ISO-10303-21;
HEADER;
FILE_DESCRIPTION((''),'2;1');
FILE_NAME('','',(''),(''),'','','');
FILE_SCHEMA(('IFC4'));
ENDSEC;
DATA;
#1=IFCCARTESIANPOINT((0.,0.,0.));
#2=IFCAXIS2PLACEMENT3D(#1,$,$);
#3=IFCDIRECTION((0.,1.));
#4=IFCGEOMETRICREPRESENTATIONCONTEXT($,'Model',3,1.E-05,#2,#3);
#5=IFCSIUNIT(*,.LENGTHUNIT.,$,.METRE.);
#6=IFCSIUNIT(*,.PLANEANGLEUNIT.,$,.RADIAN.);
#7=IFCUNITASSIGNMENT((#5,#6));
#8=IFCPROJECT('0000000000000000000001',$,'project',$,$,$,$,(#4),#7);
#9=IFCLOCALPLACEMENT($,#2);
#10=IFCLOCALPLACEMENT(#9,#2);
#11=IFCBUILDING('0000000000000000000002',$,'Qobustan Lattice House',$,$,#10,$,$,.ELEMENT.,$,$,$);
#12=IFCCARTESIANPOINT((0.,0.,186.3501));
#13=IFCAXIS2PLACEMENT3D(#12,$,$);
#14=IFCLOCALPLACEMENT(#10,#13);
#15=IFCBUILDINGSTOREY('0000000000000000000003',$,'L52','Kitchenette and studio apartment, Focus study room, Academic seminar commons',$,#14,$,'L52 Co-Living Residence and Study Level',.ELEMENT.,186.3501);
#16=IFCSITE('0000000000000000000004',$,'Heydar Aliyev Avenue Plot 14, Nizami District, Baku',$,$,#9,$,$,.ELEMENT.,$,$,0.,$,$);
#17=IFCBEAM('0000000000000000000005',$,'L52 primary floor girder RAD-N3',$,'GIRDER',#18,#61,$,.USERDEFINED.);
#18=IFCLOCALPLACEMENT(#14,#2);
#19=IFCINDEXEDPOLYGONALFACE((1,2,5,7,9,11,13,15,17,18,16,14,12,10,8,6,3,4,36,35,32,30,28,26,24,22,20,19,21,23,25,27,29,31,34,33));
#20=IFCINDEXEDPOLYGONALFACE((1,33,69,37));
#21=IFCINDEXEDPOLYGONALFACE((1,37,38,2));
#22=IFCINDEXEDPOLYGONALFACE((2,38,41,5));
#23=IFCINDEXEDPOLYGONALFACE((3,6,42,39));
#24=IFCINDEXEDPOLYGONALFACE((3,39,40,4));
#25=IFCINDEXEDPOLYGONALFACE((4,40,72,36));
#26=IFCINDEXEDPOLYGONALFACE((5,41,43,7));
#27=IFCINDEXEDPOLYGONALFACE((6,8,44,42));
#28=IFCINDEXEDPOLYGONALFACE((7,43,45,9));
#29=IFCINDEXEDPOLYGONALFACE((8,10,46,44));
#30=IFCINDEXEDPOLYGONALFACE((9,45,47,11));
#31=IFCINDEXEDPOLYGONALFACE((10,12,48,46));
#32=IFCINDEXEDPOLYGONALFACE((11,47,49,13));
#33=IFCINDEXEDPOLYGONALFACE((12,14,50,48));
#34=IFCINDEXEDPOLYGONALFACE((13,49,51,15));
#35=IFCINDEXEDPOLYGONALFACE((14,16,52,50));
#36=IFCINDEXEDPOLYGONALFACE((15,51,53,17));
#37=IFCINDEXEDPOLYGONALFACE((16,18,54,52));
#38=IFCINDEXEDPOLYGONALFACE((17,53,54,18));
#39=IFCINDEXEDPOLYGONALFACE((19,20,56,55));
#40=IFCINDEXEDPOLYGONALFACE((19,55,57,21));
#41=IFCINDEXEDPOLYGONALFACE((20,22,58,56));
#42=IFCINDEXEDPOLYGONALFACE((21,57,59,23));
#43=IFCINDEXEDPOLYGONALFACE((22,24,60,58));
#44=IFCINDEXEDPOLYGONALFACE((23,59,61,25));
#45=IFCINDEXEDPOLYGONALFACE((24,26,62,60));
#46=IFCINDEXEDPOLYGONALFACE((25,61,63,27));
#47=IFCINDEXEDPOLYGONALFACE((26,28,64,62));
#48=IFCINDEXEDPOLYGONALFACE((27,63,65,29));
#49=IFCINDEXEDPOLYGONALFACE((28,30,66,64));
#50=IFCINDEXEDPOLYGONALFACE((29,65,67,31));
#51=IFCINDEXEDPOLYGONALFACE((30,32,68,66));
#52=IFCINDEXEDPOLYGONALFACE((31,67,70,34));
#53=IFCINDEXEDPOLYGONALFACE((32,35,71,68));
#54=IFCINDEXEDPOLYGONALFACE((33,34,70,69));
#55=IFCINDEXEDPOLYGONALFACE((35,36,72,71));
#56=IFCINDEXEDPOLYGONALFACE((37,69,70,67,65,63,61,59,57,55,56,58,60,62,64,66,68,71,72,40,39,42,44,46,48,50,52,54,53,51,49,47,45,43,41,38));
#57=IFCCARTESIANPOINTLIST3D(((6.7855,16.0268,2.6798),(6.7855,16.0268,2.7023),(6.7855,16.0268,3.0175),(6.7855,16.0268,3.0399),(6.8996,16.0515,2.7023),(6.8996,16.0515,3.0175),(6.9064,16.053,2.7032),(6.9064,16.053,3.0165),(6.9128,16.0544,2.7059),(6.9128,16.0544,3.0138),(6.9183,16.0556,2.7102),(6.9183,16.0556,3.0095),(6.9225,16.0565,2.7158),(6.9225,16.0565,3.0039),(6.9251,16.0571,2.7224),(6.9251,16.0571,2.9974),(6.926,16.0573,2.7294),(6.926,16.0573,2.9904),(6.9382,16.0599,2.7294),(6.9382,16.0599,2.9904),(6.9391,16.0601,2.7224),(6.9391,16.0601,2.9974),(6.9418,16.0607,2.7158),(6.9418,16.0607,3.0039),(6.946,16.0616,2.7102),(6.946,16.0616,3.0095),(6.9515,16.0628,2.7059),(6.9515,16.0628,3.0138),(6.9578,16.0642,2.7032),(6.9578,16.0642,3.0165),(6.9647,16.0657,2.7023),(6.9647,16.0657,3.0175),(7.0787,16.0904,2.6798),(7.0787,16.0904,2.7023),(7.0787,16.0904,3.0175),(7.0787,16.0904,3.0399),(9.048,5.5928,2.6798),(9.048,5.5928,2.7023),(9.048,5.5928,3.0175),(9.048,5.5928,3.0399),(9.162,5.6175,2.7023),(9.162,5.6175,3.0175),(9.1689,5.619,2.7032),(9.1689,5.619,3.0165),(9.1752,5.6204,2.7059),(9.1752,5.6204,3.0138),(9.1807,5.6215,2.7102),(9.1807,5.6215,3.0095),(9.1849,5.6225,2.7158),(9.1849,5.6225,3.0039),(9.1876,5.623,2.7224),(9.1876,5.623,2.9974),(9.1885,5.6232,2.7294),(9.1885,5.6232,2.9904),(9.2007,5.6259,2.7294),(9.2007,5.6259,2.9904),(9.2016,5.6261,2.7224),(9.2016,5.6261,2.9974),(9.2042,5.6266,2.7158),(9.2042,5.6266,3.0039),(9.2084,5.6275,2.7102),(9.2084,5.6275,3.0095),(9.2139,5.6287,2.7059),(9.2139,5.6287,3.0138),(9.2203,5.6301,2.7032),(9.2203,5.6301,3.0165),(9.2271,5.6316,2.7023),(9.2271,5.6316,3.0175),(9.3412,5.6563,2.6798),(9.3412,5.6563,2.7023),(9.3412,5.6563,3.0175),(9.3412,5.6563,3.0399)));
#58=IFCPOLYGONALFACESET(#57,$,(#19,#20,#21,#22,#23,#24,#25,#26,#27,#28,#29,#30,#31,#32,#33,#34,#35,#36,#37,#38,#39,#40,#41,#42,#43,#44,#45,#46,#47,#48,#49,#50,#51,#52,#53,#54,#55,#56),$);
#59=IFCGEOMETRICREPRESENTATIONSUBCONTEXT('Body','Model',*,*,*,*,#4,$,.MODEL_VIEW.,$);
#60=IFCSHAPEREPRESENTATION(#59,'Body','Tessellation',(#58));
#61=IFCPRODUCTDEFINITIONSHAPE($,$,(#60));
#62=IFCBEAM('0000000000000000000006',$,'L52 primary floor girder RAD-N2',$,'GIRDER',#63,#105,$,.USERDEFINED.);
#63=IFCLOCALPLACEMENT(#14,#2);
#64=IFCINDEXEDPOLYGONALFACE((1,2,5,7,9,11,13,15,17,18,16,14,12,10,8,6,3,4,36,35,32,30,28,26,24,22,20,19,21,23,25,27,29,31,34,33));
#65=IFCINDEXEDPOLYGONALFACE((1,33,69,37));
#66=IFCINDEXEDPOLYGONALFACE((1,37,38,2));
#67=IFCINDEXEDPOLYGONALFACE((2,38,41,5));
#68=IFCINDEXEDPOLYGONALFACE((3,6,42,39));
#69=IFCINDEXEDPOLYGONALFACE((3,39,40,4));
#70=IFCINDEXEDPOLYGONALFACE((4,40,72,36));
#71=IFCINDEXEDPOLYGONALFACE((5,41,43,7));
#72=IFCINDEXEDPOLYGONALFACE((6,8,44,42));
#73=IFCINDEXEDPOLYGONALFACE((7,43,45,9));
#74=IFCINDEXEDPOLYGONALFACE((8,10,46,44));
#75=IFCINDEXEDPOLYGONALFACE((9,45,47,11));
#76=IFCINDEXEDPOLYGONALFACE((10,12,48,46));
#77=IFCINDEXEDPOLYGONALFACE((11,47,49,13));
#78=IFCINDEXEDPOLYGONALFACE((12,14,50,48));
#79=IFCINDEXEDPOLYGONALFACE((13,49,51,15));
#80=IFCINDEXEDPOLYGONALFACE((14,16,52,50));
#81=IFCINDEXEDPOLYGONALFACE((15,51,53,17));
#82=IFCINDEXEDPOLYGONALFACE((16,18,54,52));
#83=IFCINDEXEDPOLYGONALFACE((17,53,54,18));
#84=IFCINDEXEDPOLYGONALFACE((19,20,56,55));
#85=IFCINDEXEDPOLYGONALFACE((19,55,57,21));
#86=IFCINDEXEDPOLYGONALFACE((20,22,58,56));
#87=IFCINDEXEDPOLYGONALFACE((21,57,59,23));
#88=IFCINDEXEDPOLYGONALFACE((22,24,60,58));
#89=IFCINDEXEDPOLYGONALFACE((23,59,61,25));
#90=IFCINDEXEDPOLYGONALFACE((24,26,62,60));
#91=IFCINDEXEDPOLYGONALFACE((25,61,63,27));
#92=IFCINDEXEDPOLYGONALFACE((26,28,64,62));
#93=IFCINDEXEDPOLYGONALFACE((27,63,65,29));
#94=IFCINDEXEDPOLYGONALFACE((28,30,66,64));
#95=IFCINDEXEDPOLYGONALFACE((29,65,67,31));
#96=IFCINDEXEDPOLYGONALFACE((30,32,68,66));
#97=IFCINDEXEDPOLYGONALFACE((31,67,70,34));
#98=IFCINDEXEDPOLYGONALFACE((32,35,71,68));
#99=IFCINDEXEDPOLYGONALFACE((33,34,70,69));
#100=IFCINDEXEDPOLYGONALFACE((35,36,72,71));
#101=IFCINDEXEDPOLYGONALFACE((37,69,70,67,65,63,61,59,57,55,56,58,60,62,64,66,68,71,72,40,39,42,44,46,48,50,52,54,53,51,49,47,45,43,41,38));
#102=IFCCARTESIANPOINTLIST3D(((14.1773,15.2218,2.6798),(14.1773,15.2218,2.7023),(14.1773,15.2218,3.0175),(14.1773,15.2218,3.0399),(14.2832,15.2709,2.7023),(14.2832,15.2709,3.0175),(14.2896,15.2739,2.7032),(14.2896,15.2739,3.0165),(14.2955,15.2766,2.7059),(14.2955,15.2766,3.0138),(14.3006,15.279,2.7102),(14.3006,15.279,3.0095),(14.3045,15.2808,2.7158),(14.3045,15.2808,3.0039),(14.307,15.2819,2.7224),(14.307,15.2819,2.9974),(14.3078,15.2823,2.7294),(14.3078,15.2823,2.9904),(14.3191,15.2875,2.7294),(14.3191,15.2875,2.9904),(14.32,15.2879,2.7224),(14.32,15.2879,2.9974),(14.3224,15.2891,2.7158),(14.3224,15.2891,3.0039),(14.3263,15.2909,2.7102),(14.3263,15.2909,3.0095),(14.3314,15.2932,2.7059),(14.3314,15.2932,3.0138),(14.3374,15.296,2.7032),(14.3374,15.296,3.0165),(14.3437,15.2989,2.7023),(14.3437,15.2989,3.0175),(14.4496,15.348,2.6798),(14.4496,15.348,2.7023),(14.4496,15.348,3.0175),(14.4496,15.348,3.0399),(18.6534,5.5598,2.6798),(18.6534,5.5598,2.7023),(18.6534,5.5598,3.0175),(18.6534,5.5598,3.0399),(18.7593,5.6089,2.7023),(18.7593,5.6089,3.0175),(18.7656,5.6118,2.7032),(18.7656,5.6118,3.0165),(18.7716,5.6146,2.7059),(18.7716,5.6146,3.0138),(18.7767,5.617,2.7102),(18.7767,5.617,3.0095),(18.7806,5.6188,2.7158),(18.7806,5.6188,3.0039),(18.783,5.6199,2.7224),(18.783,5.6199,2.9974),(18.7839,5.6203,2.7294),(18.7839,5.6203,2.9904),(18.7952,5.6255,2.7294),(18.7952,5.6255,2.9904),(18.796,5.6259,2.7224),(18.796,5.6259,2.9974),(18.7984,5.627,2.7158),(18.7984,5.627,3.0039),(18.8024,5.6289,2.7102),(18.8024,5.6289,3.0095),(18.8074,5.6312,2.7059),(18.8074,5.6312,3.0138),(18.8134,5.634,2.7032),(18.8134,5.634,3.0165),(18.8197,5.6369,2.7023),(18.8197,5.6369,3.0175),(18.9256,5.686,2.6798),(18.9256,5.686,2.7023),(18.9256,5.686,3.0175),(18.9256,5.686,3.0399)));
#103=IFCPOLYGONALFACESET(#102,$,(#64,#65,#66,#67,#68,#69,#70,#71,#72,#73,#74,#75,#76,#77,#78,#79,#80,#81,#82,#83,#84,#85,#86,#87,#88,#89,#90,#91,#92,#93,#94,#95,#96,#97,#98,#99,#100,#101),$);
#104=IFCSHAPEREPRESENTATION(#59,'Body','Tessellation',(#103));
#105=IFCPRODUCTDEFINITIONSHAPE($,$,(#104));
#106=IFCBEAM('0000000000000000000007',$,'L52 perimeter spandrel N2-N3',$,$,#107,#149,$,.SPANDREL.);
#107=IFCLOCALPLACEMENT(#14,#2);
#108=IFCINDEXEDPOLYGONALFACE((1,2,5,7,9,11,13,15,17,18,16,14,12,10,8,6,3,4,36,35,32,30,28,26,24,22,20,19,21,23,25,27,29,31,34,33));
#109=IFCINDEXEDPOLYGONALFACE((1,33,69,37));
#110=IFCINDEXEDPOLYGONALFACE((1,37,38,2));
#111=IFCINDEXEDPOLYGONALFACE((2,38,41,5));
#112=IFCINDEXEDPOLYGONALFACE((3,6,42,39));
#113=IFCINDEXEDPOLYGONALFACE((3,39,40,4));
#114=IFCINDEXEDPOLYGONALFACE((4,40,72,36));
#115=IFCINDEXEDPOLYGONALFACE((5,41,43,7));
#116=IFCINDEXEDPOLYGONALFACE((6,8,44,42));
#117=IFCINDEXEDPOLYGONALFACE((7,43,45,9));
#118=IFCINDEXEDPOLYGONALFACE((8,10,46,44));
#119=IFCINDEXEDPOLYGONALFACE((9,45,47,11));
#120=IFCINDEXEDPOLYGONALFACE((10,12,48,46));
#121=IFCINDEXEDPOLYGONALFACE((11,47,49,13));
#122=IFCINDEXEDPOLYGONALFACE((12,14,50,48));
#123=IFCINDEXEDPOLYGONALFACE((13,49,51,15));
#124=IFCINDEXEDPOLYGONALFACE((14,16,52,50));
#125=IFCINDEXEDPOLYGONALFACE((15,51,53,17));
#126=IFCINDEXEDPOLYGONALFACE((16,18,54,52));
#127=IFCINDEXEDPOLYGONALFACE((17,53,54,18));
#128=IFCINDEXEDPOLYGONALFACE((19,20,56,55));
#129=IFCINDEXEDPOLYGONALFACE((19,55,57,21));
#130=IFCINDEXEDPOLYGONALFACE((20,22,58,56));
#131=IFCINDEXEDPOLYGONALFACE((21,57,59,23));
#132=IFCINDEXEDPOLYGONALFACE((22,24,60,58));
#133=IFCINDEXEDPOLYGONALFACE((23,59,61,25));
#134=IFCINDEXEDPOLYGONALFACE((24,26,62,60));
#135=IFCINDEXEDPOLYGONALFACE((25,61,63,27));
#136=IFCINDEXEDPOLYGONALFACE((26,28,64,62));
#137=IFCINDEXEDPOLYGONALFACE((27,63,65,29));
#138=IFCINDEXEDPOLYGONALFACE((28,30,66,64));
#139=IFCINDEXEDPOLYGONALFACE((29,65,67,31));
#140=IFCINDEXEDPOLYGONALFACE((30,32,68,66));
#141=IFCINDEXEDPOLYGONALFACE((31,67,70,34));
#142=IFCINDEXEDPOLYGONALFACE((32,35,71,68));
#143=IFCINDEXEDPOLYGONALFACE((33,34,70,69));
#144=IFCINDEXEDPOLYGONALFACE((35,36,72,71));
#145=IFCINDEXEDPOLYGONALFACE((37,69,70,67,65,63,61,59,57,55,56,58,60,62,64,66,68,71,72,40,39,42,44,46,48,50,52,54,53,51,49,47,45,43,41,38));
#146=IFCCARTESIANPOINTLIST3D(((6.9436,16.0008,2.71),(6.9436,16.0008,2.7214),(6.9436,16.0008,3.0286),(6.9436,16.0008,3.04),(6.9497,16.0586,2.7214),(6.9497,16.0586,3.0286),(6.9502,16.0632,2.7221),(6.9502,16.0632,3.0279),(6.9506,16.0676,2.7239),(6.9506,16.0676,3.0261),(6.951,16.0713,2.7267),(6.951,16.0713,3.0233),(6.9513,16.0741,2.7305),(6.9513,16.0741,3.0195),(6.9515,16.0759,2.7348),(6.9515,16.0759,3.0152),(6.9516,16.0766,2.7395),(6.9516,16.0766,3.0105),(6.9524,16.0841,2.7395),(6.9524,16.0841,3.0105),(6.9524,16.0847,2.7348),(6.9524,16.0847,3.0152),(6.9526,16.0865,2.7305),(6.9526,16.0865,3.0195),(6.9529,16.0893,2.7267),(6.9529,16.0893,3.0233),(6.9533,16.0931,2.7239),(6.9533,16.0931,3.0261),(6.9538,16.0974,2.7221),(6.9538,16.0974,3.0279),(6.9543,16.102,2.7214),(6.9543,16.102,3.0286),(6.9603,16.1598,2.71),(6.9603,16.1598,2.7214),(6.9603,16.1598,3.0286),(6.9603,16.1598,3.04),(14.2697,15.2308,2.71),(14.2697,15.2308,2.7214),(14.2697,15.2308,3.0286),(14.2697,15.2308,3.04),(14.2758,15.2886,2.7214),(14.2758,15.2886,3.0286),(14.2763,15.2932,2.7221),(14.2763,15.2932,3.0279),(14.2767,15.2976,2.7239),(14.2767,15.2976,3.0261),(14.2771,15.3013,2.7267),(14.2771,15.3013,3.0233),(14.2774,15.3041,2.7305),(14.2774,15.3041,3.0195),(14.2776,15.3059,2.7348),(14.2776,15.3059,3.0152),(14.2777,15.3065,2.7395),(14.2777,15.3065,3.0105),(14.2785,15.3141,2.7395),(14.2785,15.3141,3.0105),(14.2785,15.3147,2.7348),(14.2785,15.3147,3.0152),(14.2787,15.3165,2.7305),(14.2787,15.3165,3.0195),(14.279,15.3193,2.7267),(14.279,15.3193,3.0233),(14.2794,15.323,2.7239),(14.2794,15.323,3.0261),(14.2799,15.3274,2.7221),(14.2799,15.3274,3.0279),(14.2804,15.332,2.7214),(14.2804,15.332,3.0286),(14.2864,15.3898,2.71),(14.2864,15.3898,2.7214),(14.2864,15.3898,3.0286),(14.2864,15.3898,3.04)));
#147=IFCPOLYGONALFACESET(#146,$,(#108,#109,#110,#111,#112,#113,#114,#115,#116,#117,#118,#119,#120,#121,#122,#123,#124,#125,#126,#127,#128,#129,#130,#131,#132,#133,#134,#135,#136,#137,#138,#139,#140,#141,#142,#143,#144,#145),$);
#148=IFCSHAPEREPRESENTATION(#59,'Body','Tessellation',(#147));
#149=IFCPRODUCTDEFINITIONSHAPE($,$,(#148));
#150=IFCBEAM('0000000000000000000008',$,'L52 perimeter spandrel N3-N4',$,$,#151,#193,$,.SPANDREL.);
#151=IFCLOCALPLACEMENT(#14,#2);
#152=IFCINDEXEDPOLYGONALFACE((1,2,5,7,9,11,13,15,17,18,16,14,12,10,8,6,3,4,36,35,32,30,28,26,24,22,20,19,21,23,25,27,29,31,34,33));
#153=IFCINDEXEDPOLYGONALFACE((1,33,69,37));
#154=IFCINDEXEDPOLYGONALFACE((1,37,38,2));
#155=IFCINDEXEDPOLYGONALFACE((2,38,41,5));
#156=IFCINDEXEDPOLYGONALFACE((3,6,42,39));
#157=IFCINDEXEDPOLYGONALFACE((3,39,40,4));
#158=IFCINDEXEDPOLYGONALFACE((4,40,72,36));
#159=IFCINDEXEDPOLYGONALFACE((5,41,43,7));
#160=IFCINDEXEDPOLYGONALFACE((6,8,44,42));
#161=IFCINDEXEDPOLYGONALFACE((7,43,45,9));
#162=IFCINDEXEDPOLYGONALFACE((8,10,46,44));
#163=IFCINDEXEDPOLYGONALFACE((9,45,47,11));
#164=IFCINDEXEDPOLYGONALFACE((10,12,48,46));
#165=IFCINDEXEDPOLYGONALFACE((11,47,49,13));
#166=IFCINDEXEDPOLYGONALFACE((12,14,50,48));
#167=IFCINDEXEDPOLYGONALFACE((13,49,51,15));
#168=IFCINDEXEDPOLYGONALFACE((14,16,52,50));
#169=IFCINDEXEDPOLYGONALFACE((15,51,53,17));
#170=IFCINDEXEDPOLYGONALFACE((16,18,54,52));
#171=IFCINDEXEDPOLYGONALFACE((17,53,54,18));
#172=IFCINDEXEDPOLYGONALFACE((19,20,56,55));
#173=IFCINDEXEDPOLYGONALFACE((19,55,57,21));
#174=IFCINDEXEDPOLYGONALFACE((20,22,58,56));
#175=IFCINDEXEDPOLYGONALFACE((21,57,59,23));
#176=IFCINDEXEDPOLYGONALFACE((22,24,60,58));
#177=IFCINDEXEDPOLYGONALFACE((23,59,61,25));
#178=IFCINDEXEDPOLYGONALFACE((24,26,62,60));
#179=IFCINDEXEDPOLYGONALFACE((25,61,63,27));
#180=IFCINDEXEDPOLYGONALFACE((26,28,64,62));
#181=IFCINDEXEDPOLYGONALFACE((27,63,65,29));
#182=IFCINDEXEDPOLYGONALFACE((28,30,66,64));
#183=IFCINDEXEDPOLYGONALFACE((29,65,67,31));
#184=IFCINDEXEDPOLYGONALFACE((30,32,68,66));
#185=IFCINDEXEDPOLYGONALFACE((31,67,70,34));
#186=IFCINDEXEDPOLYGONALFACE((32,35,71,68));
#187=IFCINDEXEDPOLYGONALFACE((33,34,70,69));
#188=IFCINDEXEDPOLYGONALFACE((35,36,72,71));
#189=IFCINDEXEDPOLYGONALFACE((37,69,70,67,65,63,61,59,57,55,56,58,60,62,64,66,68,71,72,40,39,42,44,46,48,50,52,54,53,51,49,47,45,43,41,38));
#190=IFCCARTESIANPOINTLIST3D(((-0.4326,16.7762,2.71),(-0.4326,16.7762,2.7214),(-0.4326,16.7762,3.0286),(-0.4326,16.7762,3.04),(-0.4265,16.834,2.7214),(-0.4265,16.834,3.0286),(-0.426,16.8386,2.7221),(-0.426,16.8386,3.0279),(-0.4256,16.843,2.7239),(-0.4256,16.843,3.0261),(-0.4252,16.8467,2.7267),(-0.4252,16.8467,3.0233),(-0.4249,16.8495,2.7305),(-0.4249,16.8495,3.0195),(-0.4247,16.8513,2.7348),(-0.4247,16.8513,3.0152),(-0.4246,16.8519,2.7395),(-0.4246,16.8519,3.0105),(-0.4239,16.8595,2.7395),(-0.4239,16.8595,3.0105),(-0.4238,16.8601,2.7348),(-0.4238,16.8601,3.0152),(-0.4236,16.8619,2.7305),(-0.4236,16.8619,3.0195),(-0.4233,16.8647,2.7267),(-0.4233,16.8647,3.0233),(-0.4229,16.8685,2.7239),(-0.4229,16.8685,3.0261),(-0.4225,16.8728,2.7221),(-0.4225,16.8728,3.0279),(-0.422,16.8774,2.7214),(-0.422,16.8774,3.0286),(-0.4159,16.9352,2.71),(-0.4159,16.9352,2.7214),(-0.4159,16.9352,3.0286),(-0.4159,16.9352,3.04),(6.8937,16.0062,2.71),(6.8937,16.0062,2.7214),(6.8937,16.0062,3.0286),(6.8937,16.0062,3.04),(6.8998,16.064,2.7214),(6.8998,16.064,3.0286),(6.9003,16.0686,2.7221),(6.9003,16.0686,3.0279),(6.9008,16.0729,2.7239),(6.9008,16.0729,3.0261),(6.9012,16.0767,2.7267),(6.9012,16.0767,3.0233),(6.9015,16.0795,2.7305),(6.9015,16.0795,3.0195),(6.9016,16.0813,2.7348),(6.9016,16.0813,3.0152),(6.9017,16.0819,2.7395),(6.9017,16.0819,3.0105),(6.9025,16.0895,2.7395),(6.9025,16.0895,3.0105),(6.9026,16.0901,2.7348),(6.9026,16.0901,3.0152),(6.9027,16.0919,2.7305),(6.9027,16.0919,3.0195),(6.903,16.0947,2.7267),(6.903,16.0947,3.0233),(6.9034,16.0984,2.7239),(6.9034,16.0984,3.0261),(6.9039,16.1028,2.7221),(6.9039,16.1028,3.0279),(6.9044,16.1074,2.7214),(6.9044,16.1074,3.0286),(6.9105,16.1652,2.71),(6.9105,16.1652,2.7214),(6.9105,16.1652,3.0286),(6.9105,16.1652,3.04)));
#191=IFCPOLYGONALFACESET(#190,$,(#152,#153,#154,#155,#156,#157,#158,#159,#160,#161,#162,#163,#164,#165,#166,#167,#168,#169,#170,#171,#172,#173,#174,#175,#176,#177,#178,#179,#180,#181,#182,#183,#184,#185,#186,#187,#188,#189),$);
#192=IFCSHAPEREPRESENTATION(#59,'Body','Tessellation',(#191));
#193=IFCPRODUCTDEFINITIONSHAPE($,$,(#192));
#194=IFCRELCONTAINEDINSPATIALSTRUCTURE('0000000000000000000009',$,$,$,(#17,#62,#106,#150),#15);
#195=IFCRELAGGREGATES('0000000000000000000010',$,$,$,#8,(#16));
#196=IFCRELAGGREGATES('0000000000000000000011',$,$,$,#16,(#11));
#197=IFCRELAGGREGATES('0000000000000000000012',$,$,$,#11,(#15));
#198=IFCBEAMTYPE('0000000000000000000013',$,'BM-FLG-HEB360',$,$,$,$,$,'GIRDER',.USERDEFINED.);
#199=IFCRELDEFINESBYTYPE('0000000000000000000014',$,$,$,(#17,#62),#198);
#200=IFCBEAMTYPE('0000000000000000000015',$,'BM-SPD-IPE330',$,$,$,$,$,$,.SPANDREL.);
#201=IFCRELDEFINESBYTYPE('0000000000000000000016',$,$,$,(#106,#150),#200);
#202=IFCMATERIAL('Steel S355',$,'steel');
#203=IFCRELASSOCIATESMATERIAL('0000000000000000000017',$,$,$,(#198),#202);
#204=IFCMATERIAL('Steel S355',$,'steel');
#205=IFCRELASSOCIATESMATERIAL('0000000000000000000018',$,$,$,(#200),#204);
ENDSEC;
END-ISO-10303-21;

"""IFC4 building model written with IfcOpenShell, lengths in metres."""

from ifc_helpers import new_model, si_unit, direction, frame, origin, origin_2d, place, context, subcontext, project, spatial, i_section, extrude, material, material_profile, profile_set, type_object, element, save


model = new_model("IFC4")

# Units and contexts
model_context = context("Model", 3, precision=1e-05, world=origin(), true_north=direction((0.0, 1.0)))
body_context = subcontext(model_context, "Body", "Model", "MODEL_VIEW")
ifc_project = project(units=[si_unit("LENGTHUNIT", "METRE"), si_unit("PLANEANGLEUNIT", "RADIAN")], contexts=[model_context])

# Site, building, storey
site_placement = place(None, origin())
site = spatial("IfcSite", under=ifc_project, at=site_placement, Name="Heydar Aliyev Avenue Plot 14, Nizami District, Baku", CompositionType="ELEMENT", RefElevation=0.0)
building_placement = place(site_placement, origin())
building = spatial("IfcBuilding", under=site, at=building_placement, Name="Qobustan Lattice House", CompositionType="ELEMENT")
storey_placement = place(building_placement, frame((0.0, 0.0, 186.3501)))
storey = spatial("IfcBuildingStorey", under=building, at=storey_placement, Name="L52", Description="Kitchenette and studio apartment, Focus study room, Academic seminar commons", LongName="L52 Co-Living Residence and Study Level", CompositionType="ELEMENT", Elevation=186.3501)

# Beams
ifc_material_1 = material(Name="Steel S355", Category="steel")
ifc_material_profile_1 = material_profile(ifc_material_1, i_section(OverallWidth=0.3, OverallDepth=0.3601, WebThickness=0.0125, FlangeThickness=0.0225, FilletRadius=0.0271, at=origin_2d()), Name="HEB360")
ifc_profile_set_1 = profile_set([ifc_material_profile_1], Name="Steel S355")
beam_type_1 = type_object("IfcBeamType", Name="BM-FLG-HEB360", ElementType="GIRDER", PredefinedType="USERDEFINED", material=ifc_profile_set_1)
beam_1_placement = place(storey_placement, frame((6.9321, 16.0586, 2.8599), z_axis=(0.211908, -0.97729, 0.0), x_axis=(0.97729, 0.211908, 0.0)))
element("IfcBeam", 1, at=beam_1_placement, inside=storey, type_object=beam_type_1, Name="L52 primary floor girder RAD-N3", ObjectType="GIRDER", PredefinedType="USERDEFINED", context=body_context, shape_type="SweptSolid", body=[
    extrude(i_section(OverallWidth=0.3, OverallDepth=0.3601, WebThickness=0.0125, FlangeThickness=0.0225, FilletRadius=0.0271, at=origin_2d()), origin(), (0.0, 0.0, 1.0), 10.6765),
])
beam_2_placement = place(storey_placement, frame((14.3135, 15.2849, 2.8599), z_axis=(0.420346, -0.907364, 0.0), x_axis=(0.907364, 0.420346, 0.0)))
element("IfcBeam", 2, at=beam_2_placement, inside=storey, type_object=beam_type_1, Name="L52 primary floor girder RAD-N2", ObjectType="GIRDER", PredefinedType="USERDEFINED", context=body_context, shape_type="SweptSolid", body=[
    extrude(i_section(OverallWidth=0.3, OverallDepth=0.3601, WebThickness=0.0125, FlangeThickness=0.0225, FilletRadius=0.0271, at=origin_2d()), origin(), (0.0, 0.0, 1.0), 10.6484),
])
ifc_material_2 = material(Name="Steel S355", Category="steel")
ifc_material_profile_2 = material_profile(ifc_material_2, i_section(OverallWidth=0.1599, OverallDepth=0.3301, WebThickness=0.0076, FlangeThickness=0.0115, FilletRadius=0.0181, at=origin_2d()), Name="IPE330")
ifc_profile_set_2 = profile_set([ifc_material_profile_2], Name="Steel S355")
beam_type_2 = type_object("IfcBeamType", Name="BM-SPD-IPE330", PredefinedType="SPANDREL", material=ifc_profile_set_2)
beam_3_placement = place(storey_placement, frame((14.2781, 15.3103, 2.875), z_axis=(-0.994522, 0.10453, 0.0), x_axis=(-0.10453, -0.994522, 0.0)))
element("IfcBeam", 3, at=beam_3_placement, inside=storey, type_object=beam_type_2, Name="L52 perimeter spandrel N2-N3", PredefinedType="SPANDREL", context=body_context, shape_type="SweptSolid", body=[
    extrude(i_section(OverallWidth=0.1599, OverallDepth=0.3301, WebThickness=0.0076, FlangeThickness=0.0115, FilletRadius=0.0181, at=origin_2d()), origin(), (0.0, 0.0, 1.0), 7.3665),
])
beam_4_placement = place(storey_placement, frame((6.9021, 16.0857, 2.875), z_axis=(-0.994522, 0.104526, 0.0), x_axis=(-0.104526, -0.994522, 0.0)))
element("IfcBeam", 4, at=beam_4_placement, inside=storey, type_object=beam_type_2, Name="L52 perimeter spandrel N3-N4", PredefinedType="SPANDREL", context=body_context, shape_type="SweptSolid", body=[
    extrude(i_section(OverallWidth=0.1599, OverallDepth=0.3301, WebThickness=0.0076, FlangeThickness=0.0115, FilletRadius=0.0181, at=origin_2d()), origin(), (0.0, 0.0, 1.0), 7.3667),
])

save(model, "model.ifc")
